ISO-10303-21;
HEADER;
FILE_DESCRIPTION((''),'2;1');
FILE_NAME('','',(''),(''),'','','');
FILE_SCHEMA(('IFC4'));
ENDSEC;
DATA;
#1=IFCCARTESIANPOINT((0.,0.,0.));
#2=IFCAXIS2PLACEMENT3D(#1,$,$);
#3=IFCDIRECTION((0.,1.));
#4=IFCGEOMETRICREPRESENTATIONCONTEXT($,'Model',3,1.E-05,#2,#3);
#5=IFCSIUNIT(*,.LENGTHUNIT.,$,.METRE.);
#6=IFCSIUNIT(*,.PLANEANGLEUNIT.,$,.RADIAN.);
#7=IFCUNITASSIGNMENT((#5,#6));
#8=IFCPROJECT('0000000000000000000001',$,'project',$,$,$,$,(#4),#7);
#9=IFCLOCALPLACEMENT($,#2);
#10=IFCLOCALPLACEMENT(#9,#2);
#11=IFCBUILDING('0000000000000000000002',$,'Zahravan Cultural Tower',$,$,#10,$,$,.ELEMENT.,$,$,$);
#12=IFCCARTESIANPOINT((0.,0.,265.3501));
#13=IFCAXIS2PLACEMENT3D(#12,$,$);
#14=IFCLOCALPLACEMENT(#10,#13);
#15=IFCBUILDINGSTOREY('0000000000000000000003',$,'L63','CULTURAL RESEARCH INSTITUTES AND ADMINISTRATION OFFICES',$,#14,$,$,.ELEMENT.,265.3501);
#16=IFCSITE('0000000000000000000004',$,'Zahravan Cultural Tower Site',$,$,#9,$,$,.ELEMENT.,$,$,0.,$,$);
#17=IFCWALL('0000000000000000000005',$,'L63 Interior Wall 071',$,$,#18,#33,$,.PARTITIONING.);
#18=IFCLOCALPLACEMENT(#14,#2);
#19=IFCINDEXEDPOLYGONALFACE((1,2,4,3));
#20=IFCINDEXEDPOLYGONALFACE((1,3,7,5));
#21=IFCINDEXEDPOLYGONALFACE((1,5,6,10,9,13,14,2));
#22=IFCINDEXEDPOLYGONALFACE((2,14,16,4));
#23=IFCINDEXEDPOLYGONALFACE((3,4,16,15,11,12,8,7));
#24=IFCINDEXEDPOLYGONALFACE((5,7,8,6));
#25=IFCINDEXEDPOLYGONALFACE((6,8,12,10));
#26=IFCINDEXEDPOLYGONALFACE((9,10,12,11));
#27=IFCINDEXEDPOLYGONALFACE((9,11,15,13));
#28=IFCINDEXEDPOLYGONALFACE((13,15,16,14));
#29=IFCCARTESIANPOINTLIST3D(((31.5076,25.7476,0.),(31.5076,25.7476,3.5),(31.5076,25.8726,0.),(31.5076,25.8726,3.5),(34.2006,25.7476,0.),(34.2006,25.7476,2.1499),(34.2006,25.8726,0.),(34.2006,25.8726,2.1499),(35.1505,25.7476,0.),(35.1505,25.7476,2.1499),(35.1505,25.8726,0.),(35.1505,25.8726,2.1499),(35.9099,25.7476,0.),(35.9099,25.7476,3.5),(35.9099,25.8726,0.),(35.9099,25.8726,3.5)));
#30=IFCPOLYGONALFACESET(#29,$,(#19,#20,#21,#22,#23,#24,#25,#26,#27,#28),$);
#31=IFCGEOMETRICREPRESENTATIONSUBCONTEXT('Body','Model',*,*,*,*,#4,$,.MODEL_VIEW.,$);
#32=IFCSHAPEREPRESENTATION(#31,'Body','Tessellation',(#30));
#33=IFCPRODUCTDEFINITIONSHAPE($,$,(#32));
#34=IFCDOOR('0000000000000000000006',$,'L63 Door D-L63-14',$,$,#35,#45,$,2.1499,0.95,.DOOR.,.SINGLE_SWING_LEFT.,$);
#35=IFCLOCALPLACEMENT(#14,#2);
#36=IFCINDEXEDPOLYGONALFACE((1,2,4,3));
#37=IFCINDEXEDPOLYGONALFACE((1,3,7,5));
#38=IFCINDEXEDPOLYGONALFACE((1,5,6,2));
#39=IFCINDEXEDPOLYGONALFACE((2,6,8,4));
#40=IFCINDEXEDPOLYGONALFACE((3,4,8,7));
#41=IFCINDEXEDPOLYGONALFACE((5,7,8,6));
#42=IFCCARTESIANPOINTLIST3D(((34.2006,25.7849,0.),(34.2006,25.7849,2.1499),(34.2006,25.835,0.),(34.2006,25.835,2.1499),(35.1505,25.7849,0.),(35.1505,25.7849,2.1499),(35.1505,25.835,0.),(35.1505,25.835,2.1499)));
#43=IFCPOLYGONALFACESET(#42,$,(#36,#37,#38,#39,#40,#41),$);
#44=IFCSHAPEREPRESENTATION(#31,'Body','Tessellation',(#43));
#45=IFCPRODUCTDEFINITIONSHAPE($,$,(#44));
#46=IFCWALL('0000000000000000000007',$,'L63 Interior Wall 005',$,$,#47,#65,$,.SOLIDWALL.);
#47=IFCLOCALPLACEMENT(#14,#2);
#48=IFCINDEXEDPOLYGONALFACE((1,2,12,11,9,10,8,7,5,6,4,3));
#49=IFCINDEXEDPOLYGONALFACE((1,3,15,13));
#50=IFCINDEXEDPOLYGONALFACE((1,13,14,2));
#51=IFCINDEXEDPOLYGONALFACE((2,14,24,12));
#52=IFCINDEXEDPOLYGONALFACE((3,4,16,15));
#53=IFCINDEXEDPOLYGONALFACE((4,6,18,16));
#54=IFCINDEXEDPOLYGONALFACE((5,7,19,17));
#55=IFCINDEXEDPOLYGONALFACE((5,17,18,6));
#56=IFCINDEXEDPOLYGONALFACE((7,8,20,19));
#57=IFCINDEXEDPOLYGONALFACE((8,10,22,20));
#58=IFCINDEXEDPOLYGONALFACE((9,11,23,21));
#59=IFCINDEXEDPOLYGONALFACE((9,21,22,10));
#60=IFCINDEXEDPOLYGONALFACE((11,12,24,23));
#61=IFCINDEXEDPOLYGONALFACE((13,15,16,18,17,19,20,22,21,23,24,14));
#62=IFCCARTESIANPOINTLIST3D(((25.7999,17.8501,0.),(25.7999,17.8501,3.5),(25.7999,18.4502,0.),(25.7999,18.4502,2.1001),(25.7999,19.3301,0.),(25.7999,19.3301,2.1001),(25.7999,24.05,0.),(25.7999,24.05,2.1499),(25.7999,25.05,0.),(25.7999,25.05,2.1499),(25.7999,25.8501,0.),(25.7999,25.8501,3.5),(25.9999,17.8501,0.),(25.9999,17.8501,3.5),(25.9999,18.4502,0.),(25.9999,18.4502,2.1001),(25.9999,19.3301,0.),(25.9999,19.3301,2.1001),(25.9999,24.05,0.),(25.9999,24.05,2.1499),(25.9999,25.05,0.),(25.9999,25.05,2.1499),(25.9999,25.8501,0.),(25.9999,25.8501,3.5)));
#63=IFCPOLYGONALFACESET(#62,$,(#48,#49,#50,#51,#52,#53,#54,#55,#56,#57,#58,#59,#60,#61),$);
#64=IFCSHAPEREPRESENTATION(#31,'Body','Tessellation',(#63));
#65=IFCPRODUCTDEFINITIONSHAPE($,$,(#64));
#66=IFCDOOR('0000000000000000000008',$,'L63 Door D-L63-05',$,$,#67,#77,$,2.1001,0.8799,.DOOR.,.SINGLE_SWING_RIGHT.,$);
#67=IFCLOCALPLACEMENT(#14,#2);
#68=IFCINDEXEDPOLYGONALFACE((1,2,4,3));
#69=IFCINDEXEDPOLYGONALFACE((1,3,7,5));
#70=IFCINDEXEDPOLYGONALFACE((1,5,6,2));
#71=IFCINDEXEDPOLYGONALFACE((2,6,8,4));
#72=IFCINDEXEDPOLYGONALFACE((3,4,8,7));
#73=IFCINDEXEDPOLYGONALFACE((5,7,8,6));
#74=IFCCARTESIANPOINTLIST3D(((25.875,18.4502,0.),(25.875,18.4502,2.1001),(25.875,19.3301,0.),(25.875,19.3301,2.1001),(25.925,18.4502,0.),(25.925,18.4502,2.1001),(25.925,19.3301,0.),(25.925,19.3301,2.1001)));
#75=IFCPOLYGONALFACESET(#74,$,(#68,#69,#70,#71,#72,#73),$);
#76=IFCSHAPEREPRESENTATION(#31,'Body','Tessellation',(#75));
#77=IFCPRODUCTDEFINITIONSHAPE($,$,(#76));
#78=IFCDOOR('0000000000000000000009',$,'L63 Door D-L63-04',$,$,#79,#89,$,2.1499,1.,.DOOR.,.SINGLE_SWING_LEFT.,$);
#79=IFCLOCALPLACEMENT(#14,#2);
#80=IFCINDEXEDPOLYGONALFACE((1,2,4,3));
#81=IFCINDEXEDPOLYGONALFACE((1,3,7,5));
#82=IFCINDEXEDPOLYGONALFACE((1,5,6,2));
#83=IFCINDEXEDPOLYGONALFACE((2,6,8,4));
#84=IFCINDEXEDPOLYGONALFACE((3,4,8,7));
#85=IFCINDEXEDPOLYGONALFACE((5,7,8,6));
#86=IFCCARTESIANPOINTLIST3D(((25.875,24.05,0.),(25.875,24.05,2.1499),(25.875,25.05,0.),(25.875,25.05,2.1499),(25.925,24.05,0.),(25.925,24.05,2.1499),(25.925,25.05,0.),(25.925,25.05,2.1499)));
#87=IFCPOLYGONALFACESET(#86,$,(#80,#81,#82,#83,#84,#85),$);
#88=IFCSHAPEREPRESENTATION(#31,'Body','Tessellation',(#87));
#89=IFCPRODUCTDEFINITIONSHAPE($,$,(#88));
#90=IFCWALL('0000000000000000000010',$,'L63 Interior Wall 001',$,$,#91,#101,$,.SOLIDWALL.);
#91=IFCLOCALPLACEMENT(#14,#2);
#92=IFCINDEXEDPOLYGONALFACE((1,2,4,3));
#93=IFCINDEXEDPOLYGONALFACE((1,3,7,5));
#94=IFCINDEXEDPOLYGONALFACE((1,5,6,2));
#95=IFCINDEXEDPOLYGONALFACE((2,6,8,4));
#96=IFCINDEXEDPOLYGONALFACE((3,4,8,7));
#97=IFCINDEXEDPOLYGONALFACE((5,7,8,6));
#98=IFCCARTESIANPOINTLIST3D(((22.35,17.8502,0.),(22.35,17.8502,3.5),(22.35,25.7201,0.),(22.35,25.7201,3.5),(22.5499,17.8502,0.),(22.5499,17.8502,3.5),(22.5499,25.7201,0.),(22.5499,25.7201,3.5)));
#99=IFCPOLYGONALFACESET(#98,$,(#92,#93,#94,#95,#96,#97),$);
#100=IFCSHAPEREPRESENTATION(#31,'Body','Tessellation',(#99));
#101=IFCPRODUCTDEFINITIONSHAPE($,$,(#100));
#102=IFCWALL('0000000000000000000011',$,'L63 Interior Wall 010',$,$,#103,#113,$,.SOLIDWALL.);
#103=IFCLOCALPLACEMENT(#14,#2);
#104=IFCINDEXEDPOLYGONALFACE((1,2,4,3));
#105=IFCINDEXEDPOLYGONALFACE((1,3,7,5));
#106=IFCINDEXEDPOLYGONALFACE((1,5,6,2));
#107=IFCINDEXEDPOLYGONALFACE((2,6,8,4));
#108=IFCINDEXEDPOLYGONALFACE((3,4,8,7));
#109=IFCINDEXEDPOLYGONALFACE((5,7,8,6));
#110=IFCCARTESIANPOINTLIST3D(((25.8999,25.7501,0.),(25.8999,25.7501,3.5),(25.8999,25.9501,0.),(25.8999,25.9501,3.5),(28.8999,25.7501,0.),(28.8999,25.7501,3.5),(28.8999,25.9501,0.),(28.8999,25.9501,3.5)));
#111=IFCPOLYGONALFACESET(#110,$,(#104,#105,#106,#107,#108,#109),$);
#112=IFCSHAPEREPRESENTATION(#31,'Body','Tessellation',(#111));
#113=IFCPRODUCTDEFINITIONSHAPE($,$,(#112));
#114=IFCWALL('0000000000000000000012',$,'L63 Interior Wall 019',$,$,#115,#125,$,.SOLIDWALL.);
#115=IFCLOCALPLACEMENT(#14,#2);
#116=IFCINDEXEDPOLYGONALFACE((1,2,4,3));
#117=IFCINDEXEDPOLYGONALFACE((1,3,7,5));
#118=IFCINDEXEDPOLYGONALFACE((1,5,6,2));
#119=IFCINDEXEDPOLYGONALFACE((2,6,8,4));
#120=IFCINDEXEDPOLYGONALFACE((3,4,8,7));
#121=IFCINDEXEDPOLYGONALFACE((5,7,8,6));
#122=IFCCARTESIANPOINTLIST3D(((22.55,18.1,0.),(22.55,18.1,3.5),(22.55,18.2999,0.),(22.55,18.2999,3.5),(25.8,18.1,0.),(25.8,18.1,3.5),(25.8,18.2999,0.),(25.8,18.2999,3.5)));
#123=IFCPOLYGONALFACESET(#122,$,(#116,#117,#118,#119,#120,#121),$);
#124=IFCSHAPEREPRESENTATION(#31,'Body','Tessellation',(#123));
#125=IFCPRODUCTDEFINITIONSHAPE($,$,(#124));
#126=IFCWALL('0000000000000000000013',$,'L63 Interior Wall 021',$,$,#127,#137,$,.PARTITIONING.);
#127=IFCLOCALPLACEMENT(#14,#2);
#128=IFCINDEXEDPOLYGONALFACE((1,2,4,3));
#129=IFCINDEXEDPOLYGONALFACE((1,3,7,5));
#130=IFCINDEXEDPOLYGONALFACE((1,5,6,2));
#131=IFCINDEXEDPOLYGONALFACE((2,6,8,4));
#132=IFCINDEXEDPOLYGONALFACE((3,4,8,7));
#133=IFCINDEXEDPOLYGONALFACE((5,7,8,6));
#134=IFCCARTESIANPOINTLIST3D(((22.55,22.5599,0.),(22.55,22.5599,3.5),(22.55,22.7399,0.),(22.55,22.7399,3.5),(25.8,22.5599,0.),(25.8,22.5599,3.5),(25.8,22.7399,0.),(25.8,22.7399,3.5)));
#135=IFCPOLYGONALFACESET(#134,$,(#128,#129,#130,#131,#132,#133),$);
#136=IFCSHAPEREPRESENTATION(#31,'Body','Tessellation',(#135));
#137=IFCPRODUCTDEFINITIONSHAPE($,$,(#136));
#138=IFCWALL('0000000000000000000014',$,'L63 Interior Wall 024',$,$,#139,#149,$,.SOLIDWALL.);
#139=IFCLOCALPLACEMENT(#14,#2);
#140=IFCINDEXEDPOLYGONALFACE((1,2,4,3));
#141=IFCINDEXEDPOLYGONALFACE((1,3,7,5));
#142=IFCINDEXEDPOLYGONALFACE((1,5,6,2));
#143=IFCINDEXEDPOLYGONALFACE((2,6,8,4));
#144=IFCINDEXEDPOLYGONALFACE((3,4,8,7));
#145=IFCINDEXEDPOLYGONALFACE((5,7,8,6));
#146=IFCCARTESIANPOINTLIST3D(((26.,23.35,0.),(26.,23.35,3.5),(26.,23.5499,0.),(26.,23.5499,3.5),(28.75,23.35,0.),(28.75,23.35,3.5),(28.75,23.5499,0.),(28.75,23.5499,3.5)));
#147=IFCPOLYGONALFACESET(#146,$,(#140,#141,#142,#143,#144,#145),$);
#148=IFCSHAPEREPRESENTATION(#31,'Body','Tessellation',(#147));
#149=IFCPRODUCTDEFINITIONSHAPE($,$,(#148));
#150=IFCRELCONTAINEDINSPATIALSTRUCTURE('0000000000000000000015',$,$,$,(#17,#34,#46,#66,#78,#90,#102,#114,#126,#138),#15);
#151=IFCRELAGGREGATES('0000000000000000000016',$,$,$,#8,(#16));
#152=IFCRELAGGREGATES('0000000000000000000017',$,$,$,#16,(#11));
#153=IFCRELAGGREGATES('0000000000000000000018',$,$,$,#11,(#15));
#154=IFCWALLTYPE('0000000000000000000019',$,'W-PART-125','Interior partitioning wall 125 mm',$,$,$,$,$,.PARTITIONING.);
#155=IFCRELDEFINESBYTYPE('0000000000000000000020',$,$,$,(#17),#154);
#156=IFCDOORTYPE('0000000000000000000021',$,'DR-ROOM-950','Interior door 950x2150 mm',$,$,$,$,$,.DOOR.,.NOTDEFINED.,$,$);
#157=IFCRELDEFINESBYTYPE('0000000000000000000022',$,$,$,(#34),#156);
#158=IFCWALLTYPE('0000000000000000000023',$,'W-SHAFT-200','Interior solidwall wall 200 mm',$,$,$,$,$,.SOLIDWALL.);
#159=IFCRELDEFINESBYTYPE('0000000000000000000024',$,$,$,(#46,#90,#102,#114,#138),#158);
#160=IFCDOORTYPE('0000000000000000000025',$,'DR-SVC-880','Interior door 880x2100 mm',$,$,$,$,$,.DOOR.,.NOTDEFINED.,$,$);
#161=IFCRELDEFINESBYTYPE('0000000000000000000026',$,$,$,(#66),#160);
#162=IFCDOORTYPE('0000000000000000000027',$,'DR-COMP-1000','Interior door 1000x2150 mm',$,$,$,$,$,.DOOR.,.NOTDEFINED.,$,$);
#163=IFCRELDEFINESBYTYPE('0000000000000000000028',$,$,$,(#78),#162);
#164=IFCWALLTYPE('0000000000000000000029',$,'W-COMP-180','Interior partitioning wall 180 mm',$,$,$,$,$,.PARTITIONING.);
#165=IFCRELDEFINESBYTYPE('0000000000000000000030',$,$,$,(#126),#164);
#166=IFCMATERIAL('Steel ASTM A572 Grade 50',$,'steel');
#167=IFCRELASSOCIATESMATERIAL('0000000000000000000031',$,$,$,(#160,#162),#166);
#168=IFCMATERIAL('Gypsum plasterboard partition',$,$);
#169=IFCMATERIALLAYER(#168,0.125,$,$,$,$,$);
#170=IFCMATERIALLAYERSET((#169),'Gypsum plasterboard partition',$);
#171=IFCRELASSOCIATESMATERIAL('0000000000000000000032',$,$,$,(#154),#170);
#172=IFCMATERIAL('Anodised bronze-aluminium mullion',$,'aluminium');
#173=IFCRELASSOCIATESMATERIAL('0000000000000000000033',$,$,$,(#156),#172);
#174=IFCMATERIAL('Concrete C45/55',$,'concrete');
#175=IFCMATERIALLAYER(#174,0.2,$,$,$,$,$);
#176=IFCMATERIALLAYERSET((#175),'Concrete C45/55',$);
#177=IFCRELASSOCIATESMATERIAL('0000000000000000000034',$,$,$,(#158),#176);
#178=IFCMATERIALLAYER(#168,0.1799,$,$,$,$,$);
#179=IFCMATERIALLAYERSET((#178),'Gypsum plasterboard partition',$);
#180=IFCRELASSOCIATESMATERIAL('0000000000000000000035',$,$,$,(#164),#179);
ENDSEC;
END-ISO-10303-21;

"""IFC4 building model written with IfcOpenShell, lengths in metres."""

from ifc_helpers import new_model, si_unit, direction, frame, frame_2d, origin, place, context, subcontext, project, spatial, rectangle, extrude, source, transform, mapped, material, layer, layer_set, type_object, element, fill, save


model = new_model("IFC4")

# Units and contexts
model_context = context("Model", 3, precision=1e-05, world=origin(), true_north=direction((0.0, 1.0)))
body_context = subcontext(model_context, "Body", "Model", "MODEL_VIEW")
ifc_project = project(units=[si_unit("LENGTHUNIT", "METRE"), si_unit("PLANEANGLEUNIT", "RADIAN")], contexts=[model_context])

# Site, building, storey
site_placement = place(None, origin())
site = spatial("IfcSite", under=ifc_project, at=site_placement, Name="Zahravan Cultural Tower Site", CompositionType="ELEMENT", RefElevation=0.0)
building_placement = place(site_placement, origin())
building = spatial("IfcBuilding", under=site, at=building_placement, Name="Zahravan Cultural Tower", CompositionType="ELEMENT")
storey_placement = place(building_placement, frame((0.0, 0.0, 265.3501)))
storey = spatial("IfcBuildingStorey", under=building, at=storey_placement, Name="L63", Description="CULTURAL RESEARCH INSTITUTES AND ADMINISTRATION OFFICES", CompositionType="ELEMENT", Elevation=265.3501)

# Shared definitions
ifc_material_1 = material(Name="Steel ASTM A572 Grade 50", Category="steel")
door_type_1 = type_object("IfcDoorType", Name="DR-SVC-880", Description="Interior door 880x2100 mm", OperationType="NOTDEFINED", PredefinedType="DOOR", material=ifc_material_1)
shared_shape_1 = source(origin(), body_context, "Body", "SweptSolid", [
    extrude(rectangle(XDim=0.8799, YDim=2.1001, at=frame_2d((0.4399, 1.05))), frame((0.0, 0.0249, 0.0), z_axis=(0.0, -1.0, 0.0), x_axis=(1.0, 0.0, 0.0)), (0.0, 0.0, 1.0), 0.05),
])

# Wall, opening, door
ifc_material_2 = material(Name="Gypsum plasterboard partition")
ifc_layer_1 = layer(ifc_material_2, 0.125)
ifc_layer_set_1 = layer_set([ifc_layer_1], Name="Gypsum plasterboard partition")
wall_type_1 = type_object("IfcWallType", Name="W-PART-125", Description="Interior partitioning wall 125 mm", PredefinedType="PARTITIONING", material=ifc_layer_set_1)
ifc_material_3 = material(Name="Anodised bronze-aluminium mullion", Category="aluminium")
door_type_2 = type_object("IfcDoorType", Name="DR-ROOM-950", Description="Interior door 950x2150 mm", OperationType="NOTDEFINED", PredefinedType="DOOR", material=ifc_material_3)
shared_shape_2 = source(origin(), body_context, "Body", "SweptSolid", [
    extrude(rectangle(XDim=0.95, YDim=2.1499, at=frame_2d((0.4751, 1.075))), frame((0.0, 0.0249, 0.0), z_axis=(0.0, -1.0, 0.0), x_axis=(1.0, 0.0, 0.0)), (0.0, 0.0, 1.0), 0.05),
])
wall_1_placement = place(storey_placement, frame((31.5076, 25.8101, 0.0), z_axis=(0.0, 0.0, 1.0), x_axis=(1.0, 0.0, 0.0)))
wall_1 = element("IfcWall", 1, at=wall_1_placement, inside=storey, type_object=wall_type_1, Name="L63 Interior Wall 071", PredefinedType="PARTITIONING", context=body_context, shape_type="SweptSolid", body=[
    extrude(rectangle(XDim=4.4023, YDim=0.125, at=frame_2d((2.2012, 0.0))), origin(), (0.0, 0.0, 1.0), 3.5),
])
opening_1_placement = place(wall_1_placement, frame((2.6929, 0.0, 0.0)))
opening_1 = element("IfcOpeningElement", 2, at=opening_1_placement, cuts=wall_1, PredefinedType="OPENING", context=body_context, shape_type="SweptSolid", body=[
    extrude(rectangle(XDim=0.95, YDim=2.1499, at=frame_2d((0.4751, 1.075))), frame((0.0, 0.0725, 0.0), z_axis=(0.0, -1.0, 0.0), x_axis=(1.0, 0.0, 0.0)), (0.0, 0.0, 1.0), 0.145),
])
door_1_placement = place(opening_1_placement, origin())
door_1 = element("IfcDoor", 3, at=door_1_placement, inside=storey, type_object=door_type_2, Name="L63 Door D-L63-14", OperationType="SINGLE_SWING_LEFT", OverallHeight=2.1499, OverallWidth=0.95, PredefinedType="DOOR", context=body_context, shape_type="MappedRepresentation", body=[
    mapped(shared_shape_2, transform((0.0, 0.0, 0.0), x_axis=(1.0, 0.0, 0.0), y_axis=(0.0, 1.0, 0.0), z_axis=(0.0, 0.0, 1.0), scale=1.0)),
])
fill(opening_1, door_1)

# Wall, openings, doors
ifc_material_4 = material(Name="Concrete C45/55", Category="concrete")
ifc_layer_2 = layer(ifc_material_4, 0.2)
ifc_layer_set_2 = layer_set([ifc_layer_2], Name="Concrete C45/55")
wall_type_2 = type_object("IfcWallType", Name="W-SHAFT-200", Description="Interior solidwall wall 200 mm", PredefinedType="SOLIDWALL", material=ifc_layer_set_2)
wall_2_placement = place(storey_placement, frame((25.8999, 17.8501, 0.0), z_axis=(0.0, 0.0, 1.0), x_axis=(0.0, 1.0, 0.0)))
wall_2 = element("IfcWall", 4, at=wall_2_placement, inside=storey, type_object=wall_type_2, Name="L63 Interior Wall 005", PredefinedType="SOLIDWALL", context=body_context, shape_type="SweptSolid", body=[
    extrude(rectangle(XDim=8.0, YDim=0.2, at=frame_2d((4.0, 0.0))), origin(), (0.0, 0.0, 1.0), 3.5),
])
opening_2_placement = place(wall_2_placement, frame((6.2, 0.0, 0.0)))
opening_2 = element("IfcOpeningElement", 5, at=opening_2_placement, cuts=wall_2, PredefinedType="OPENING", context=body_context, shape_type="SweptSolid", body=[
    extrude(rectangle(XDim=1.0, YDim=2.1499, at=frame_2d((0.5, 1.075))), frame((0.0, 0.1099, 0.0), z_axis=(0.0, -1.0, 0.0), x_axis=(1.0, 0.0, 0.0)), (0.0, 0.0, 1.0), 0.22),
])
opening_3_placement = place(wall_2_placement, frame((0.6001, 0.0, 0.0)))
opening_3 = element("IfcOpeningElement", 6, at=opening_3_placement, cuts=wall_2, PredefinedType="OPENING", context=body_context, shape_type="SweptSolid", body=[
    extrude(rectangle(XDim=0.8799, YDim=2.1001, at=frame_2d((0.4399, 1.05))), frame((0.0, 0.1099, 0.0), z_axis=(0.0, -1.0, 0.0), x_axis=(1.0, 0.0, 0.0)), (0.0, 0.0, 1.0), 0.22),
])
door_2_placement = place(opening_3_placement, origin())
door_2 = element("IfcDoor", 7, at=door_2_placement, inside=storey, type_object=door_type_1, Name="L63 Door D-L63-05", OperationType="SINGLE_SWING_RIGHT", OverallHeight=2.1001, OverallWidth=0.8799, PredefinedType="DOOR", context=body_context, shape_type="MappedRepresentation", body=[
    mapped(shared_shape_1, transform((0.0, 0.0, 0.0), x_axis=(1.0, 0.0, 0.0), y_axis=(0.0, 1.0, 0.0), z_axis=(0.0, 0.0, 1.0), scale=1.0)),
])
fill(opening_3, door_2)
door_type_3 = type_object("IfcDoorType", Name="DR-COMP-1000", Description="Interior door 1000x2150 mm", OperationType="NOTDEFINED", PredefinedType="DOOR", material=ifc_material_1)
shared_shape_3 = source(origin(), body_context, "Body", "SweptSolid", [
    extrude(rectangle(XDim=1.0, YDim=2.1499, at=frame_2d((0.5, 1.075))), frame((0.0, 0.0249, 0.0), z_axis=(0.0, -1.0, 0.0), x_axis=(1.0, 0.0, 0.0)), (0.0, 0.0, 1.0), 0.05),
])
door_3_placement = place(opening_2_placement, origin())
door_3 = element("IfcDoor", 8, at=door_3_placement, inside=storey, type_object=door_type_3, Name="L63 Door D-L63-04", OperationType="SINGLE_SWING_LEFT", OverallHeight=2.1499, OverallWidth=1.0, PredefinedType="DOOR", context=body_context, shape_type="MappedRepresentation", body=[
    mapped(shared_shape_3, transform((0.0, 0.0, 0.0), x_axis=(1.0, 0.0, 0.0), y_axis=(0.0, 1.0, 0.0), z_axis=(0.0, 0.0, 1.0), scale=1.0)),
])
fill(opening_2, door_3)

# Walls
shared_shape_4 = source(origin(), body_context, "Body", "SweptSolid", [
    extrude(rectangle(XDim=7.8699, YDim=0.2, at=frame_2d((3.9351, 0.0))), origin(), (0.0, 0.0, 1.0), 3.5),
])
wall_3_placement = place(storey_placement, frame((22.45, 17.8501, 0.0), z_axis=(0.0, 0.0, 1.0), x_axis=(0.0, 1.0, 0.0)))
element("IfcWall", 9, at=wall_3_placement, inside=storey, type_object=wall_type_2, Name="L63 Interior Wall 001", PredefinedType="SOLIDWALL", context=body_context, shape_type="MappedRepresentation", body=[
    mapped(shared_shape_4, transform((0.0, 0.0, 0.0), x_axis=(1.0, 0.0, 0.0), y_axis=(0.0, 1.0, 0.0), z_axis=(0.0, 0.0, 1.0), scale=1.0)),
])
shared_shape_5 = source(origin(), body_context, "Body", "SweptSolid", [
    extrude(rectangle(XDim=3.0, YDim=0.2, at=frame_2d((1.5, 0.0))), origin(), (0.0, 0.0, 1.0), 3.5),
])
wall_4_placement = place(storey_placement, frame((25.8999, 25.8501, 0.0), z_axis=(0.0, 0.0, 1.0), x_axis=(1.0, 0.0, 0.0)))
element("IfcWall", 10, at=wall_4_placement, inside=storey, type_object=wall_type_2, Name="L63 Interior Wall 010", PredefinedType="SOLIDWALL", context=body_context, shape_type="MappedRepresentation", body=[
    mapped(shared_shape_5, transform((0.0, 0.0, 0.0), x_axis=(1.0, 0.0, 0.0), y_axis=(0.0, 1.0, 0.0), z_axis=(0.0, 0.0, 1.0), scale=1.0)),
])
shared_shape_6 = source(origin(), body_context, "Body", "SweptSolid", [
    extrude(rectangle(XDim=3.25, YDim=0.2, at=frame_2d((1.625, 0.0))), origin(), (0.0, 0.0, 1.0), 3.5),
])
wall_5_placement = place(storey_placement, frame((22.55, 18.2, 0.0), z_axis=(0.0, 0.0, 1.0), x_axis=(1.0, 0.0, 0.0)))
element("IfcWall", 11, at=wall_5_placement, inside=storey, type_object=wall_type_2, Name="L63 Interior Wall 019", PredefinedType="SOLIDWALL", context=body_context, shape_type="MappedRepresentation", body=[
    mapped(shared_shape_6, transform((0.0, 0.0, 0.0), x_axis=(1.0, 0.0, 0.0), y_axis=(0.0, 1.0, 0.0), z_axis=(0.0, 0.0, 1.0), scale=1.0)),
])
ifc_layer_3 = layer(ifc_material_2, 0.1799)
ifc_layer_set_3 = layer_set([ifc_layer_3], Name="Gypsum plasterboard partition")
wall_type_3 = type_object("IfcWallType", Name="W-COMP-180", Description="Interior partitioning wall 180 mm", PredefinedType="PARTITIONING", material=ifc_layer_set_3)
shared_shape_7 = source(origin(), body_context, "Body", "SweptSolid", [
    extrude(rectangle(XDim=3.25, YDim=0.1799, at=frame_2d((1.625, 0.0))), origin(), (0.0, 0.0, 1.0), 3.5),
])
wall_6_placement = place(storey_placement, frame((22.55, 22.6499, 0.0), z_axis=(0.0, 0.0, 1.0), x_axis=(1.0, 0.0, 0.0)))
element("IfcWall", 12, at=wall_6_placement, inside=storey, type_object=wall_type_3, Name="L63 Interior Wall 021", PredefinedType="PARTITIONING", context=body_context, shape_type="MappedRepresentation", body=[
    mapped(shared_shape_7, transform((0.0, 0.0, 0.0), x_axis=(1.0, 0.0, 0.0), y_axis=(0.0, 1.0, 0.0), z_axis=(0.0, 0.0, 1.0), scale=1.0)),
])
shared_shape_8 = source(origin(), body_context, "Body", "SweptSolid", [
    extrude(rectangle(XDim=2.75, YDim=0.2, at=frame_2d((1.375, 0.0))), origin(), (0.0, 0.0, 1.0), 3.5),
])
wall_7_placement = place(storey_placement, frame((26.0, 23.45, 0.0), z_axis=(0.0, 0.0, 1.0), x_axis=(1.0, 0.0, 0.0)))
element("IfcWall", 13, at=wall_7_placement, inside=storey, type_object=wall_type_2, Name="L63 Interior Wall 024", PredefinedType="SOLIDWALL", context=body_context, shape_type="MappedRepresentation", body=[
    mapped(shared_shape_8, transform((0.0, 0.0, 0.0), x_axis=(1.0, 0.0, 0.0), y_axis=(0.0, 1.0, 0.0), z_axis=(0.0, 0.0, 1.0), scale=1.0)),
])

save(model, "model.ifc")
